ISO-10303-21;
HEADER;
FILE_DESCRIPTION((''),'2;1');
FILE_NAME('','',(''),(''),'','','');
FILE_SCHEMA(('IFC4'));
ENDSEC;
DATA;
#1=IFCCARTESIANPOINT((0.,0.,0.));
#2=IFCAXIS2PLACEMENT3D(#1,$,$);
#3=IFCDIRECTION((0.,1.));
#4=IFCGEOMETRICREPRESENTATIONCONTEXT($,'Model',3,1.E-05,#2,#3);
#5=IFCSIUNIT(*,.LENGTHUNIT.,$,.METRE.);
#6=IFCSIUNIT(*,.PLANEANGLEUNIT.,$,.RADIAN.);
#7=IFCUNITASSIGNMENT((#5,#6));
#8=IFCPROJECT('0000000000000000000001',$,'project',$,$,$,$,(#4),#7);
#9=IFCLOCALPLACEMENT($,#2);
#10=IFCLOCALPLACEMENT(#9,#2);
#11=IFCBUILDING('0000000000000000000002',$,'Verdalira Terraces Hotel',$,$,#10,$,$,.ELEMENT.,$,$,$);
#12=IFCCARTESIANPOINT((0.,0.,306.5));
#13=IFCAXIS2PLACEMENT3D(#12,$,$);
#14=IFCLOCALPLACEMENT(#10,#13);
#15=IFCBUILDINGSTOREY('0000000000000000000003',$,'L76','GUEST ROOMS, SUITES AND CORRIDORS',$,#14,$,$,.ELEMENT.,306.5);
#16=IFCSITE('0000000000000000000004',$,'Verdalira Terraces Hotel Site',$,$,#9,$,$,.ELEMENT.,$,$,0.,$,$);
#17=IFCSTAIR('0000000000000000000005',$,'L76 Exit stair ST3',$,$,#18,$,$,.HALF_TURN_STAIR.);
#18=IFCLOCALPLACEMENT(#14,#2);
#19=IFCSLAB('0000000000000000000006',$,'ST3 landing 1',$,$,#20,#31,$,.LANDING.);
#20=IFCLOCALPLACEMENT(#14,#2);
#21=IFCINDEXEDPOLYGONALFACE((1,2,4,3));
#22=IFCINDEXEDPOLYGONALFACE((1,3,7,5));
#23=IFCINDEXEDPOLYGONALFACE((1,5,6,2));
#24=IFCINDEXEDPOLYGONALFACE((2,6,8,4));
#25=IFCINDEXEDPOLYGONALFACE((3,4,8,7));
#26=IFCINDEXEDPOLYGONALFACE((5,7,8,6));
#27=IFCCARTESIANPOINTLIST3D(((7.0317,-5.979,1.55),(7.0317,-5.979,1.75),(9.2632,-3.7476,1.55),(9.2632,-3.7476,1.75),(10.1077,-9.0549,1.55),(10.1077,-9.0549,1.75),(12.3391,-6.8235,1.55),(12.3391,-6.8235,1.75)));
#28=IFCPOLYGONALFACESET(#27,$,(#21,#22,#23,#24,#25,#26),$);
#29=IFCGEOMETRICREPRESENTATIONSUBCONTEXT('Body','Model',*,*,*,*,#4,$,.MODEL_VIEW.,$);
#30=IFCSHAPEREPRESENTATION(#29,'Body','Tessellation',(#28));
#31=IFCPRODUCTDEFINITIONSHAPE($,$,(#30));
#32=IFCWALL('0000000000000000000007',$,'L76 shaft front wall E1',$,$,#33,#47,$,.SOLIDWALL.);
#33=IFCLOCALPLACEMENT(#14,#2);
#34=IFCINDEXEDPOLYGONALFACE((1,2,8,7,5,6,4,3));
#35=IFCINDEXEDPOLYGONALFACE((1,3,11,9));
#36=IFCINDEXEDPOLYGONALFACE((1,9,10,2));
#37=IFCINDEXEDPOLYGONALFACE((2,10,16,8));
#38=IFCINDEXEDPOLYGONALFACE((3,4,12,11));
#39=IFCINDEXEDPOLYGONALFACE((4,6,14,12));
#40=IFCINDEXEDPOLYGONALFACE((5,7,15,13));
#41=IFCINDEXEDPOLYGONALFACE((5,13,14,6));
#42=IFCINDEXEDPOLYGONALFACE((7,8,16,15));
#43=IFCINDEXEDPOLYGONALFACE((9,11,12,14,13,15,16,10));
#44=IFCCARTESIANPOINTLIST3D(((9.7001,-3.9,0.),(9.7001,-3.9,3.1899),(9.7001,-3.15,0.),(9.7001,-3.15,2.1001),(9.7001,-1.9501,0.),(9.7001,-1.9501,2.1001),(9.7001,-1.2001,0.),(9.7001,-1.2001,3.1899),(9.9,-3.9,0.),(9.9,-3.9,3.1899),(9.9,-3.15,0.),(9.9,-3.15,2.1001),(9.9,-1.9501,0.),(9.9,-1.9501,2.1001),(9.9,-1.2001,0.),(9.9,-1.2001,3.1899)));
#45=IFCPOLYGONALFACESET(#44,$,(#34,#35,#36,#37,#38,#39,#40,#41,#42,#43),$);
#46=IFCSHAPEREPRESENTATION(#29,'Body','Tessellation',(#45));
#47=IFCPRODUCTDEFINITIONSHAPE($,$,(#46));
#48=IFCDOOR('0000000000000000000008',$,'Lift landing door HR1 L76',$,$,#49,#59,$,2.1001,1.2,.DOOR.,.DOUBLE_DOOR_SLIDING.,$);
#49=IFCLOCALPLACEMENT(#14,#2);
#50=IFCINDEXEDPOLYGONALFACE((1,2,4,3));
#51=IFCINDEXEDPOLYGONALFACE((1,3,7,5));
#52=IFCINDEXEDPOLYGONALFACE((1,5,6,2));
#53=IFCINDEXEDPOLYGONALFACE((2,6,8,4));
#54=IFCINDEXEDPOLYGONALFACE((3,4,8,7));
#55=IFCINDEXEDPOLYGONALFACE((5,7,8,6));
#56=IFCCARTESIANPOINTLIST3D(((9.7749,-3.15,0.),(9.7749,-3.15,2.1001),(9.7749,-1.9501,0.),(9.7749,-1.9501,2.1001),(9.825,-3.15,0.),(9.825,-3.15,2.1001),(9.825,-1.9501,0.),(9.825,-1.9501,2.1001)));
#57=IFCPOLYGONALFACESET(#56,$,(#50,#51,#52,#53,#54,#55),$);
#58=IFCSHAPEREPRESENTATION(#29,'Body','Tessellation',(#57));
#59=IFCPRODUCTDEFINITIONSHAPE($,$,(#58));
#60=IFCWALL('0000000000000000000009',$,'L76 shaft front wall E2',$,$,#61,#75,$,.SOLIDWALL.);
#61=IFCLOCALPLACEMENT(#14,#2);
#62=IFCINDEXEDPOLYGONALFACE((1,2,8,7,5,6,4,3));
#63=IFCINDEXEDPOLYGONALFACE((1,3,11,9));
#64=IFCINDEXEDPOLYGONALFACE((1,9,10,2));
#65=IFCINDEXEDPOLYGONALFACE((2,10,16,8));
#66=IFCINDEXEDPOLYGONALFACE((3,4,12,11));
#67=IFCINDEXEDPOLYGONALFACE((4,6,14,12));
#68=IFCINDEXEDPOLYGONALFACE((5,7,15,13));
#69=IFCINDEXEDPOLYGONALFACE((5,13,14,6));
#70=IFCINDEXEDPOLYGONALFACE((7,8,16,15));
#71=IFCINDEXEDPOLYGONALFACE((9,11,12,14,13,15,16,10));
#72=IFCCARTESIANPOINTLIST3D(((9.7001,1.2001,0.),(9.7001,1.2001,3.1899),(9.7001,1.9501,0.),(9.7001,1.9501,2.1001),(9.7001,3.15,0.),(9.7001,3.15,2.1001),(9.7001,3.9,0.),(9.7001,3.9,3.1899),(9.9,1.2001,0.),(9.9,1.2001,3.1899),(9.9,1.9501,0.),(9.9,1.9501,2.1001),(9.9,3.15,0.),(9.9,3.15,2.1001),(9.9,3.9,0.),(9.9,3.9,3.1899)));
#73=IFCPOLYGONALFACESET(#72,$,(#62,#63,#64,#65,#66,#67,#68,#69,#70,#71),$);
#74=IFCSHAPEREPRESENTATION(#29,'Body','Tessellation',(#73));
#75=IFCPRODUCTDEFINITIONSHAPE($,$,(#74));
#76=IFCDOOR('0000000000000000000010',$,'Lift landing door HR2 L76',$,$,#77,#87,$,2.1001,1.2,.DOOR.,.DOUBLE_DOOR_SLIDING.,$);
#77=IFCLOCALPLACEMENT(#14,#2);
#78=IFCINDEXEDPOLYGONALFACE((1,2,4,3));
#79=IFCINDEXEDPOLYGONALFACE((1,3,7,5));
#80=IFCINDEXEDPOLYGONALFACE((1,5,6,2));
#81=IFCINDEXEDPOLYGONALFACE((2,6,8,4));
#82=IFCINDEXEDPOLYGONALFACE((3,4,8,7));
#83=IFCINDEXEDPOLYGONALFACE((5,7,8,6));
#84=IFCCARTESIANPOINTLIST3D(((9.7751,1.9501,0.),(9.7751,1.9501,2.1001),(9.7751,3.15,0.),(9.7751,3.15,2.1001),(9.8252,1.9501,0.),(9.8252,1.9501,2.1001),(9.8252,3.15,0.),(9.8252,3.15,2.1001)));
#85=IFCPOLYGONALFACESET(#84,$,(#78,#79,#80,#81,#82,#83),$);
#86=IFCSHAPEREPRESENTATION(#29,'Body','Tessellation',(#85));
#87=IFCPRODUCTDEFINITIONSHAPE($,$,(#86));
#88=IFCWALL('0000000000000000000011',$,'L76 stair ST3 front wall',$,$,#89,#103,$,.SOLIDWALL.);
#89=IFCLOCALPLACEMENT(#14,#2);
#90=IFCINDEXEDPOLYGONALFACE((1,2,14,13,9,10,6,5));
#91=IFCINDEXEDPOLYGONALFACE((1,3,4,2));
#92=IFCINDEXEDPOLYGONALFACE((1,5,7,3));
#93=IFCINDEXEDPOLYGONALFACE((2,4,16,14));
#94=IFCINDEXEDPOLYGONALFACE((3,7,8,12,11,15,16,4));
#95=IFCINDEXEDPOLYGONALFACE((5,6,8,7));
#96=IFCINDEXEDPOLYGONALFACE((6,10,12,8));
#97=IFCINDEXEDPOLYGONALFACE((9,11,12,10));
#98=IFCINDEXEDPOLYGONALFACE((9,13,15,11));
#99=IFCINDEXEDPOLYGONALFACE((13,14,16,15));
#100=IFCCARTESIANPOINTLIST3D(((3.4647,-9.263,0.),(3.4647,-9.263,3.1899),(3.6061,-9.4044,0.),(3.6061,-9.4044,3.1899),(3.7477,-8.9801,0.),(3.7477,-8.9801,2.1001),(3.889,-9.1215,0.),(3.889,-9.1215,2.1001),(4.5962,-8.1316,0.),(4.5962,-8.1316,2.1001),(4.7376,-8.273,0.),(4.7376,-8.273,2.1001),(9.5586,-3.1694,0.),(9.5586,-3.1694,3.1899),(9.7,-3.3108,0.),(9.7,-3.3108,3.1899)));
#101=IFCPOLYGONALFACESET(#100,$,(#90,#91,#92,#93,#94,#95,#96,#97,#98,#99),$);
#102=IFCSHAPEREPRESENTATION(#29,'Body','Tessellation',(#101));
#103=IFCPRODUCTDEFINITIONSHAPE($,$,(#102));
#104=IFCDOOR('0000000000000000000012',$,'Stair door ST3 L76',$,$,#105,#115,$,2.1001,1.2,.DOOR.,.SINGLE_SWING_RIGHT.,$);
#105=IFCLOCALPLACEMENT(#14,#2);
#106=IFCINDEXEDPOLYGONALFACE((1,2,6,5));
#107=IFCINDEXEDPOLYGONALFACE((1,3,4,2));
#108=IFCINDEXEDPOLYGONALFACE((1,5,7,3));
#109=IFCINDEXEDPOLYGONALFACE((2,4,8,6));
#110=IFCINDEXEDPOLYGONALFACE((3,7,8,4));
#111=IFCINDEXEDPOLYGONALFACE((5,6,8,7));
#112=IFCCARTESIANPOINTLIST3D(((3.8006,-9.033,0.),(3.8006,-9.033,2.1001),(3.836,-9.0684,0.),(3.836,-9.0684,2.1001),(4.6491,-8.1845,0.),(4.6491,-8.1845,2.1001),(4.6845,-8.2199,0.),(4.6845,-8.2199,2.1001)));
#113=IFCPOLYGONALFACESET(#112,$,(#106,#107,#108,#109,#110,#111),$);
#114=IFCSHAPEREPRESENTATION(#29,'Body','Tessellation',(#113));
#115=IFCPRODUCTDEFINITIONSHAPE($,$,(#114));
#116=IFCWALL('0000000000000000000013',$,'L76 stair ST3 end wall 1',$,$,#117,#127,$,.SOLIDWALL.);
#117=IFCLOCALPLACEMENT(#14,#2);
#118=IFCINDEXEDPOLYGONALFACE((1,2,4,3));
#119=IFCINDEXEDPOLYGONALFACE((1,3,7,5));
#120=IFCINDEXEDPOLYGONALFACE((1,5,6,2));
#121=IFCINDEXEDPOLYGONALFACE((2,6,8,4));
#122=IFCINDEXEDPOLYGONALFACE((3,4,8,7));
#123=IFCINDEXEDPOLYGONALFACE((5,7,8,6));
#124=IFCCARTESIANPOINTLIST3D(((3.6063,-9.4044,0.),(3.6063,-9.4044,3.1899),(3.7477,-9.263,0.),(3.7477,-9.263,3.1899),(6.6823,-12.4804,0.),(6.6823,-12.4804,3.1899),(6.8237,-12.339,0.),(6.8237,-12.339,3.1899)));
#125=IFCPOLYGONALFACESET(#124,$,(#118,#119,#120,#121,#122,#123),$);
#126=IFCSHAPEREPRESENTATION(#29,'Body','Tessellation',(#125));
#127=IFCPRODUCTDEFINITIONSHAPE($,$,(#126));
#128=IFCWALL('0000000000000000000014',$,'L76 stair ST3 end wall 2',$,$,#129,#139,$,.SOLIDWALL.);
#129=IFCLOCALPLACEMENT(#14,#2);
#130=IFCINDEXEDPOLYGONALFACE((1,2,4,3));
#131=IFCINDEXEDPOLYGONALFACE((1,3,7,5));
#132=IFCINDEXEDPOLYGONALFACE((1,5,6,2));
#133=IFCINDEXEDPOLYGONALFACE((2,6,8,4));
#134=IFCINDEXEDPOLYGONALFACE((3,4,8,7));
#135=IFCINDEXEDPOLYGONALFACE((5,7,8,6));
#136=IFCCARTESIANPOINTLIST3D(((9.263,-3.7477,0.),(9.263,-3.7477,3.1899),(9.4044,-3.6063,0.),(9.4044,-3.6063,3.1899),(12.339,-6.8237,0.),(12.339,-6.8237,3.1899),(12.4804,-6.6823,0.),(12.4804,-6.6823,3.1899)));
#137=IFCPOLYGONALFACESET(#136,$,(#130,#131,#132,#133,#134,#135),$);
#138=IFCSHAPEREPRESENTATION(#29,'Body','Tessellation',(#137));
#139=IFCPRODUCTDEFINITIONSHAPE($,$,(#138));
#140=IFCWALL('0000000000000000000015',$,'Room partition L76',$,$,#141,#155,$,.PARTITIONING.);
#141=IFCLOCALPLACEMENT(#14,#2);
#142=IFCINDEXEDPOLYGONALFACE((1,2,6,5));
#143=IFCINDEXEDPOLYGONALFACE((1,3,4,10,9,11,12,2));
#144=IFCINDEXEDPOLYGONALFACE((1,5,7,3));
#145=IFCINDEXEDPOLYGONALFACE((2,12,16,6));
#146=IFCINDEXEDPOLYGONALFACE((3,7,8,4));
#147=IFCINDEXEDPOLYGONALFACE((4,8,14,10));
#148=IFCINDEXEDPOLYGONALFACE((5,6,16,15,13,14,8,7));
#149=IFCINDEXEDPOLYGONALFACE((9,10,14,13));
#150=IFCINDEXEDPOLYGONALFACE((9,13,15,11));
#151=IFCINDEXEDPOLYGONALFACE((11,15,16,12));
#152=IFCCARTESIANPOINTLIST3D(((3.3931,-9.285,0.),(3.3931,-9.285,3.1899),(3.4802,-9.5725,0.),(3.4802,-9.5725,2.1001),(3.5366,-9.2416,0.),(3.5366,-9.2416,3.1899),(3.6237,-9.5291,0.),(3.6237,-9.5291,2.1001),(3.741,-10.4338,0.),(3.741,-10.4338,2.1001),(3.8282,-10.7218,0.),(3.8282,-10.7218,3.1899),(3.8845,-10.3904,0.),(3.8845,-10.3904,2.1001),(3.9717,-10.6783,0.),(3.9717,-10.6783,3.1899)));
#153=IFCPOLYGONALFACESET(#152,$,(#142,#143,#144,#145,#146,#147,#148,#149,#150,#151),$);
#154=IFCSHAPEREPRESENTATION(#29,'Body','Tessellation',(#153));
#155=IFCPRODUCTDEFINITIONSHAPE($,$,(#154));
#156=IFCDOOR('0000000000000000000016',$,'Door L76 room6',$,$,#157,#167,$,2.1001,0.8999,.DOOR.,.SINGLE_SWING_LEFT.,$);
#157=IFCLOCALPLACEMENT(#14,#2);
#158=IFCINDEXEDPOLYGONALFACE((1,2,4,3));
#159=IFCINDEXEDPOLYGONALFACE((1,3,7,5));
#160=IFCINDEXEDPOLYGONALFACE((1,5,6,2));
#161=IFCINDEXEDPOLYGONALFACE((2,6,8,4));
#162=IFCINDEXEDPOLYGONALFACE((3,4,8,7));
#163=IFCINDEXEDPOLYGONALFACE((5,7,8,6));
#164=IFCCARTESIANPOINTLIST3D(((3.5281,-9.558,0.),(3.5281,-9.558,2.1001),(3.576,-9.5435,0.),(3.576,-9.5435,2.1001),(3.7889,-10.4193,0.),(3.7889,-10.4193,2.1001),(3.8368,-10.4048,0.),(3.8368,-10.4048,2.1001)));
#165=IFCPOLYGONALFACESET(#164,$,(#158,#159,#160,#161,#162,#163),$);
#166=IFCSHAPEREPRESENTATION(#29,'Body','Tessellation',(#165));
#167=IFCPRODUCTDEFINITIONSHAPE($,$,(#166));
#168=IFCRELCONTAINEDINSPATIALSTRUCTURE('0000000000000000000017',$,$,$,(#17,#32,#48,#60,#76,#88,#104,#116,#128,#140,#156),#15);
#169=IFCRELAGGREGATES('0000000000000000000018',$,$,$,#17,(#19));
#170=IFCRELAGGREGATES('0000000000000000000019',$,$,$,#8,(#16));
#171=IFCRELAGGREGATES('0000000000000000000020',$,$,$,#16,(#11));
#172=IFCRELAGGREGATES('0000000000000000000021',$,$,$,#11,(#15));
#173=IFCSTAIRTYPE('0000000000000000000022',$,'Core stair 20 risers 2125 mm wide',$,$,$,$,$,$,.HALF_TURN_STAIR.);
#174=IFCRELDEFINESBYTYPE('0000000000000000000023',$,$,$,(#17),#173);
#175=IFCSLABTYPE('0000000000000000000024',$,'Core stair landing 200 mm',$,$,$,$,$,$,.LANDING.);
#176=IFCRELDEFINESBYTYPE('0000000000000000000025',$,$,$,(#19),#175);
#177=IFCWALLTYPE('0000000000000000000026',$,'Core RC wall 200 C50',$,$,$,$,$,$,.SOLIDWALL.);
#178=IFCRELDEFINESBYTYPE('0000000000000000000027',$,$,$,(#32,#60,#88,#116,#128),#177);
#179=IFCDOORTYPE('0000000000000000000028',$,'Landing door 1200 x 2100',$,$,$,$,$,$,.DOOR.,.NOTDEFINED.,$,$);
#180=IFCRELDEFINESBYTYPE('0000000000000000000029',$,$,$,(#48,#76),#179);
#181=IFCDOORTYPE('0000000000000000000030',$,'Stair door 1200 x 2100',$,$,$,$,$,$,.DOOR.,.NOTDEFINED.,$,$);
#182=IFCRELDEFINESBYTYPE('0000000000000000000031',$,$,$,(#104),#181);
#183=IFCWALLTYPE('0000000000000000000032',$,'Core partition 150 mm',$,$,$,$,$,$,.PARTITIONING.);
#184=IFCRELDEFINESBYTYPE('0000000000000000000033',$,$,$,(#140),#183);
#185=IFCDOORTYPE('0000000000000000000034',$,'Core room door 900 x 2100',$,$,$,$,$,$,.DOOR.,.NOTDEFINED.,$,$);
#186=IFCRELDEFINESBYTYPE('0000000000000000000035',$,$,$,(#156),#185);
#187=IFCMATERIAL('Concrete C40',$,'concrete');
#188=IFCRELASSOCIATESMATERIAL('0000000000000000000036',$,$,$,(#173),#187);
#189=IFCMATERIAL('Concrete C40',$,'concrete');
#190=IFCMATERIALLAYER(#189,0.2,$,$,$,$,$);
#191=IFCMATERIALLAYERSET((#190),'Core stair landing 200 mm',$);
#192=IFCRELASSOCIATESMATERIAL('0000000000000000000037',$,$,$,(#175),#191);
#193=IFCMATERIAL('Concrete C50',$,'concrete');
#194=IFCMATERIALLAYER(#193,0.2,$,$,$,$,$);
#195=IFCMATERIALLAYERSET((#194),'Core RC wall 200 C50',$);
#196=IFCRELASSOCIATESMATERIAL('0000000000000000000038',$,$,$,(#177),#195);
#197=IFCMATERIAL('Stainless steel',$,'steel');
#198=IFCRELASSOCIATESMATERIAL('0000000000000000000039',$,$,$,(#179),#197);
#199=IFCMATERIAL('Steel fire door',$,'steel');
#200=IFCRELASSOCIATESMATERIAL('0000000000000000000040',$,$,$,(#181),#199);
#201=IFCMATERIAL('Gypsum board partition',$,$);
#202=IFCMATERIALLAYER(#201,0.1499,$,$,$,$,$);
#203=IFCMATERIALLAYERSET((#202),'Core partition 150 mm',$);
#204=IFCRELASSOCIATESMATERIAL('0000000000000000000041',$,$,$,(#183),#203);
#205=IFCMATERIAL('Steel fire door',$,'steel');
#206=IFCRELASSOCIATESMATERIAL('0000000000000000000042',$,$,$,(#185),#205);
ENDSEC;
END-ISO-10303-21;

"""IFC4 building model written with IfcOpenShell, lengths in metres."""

from ifc_helpers import new_model, si_unit, direction, frame, frame_2d, origin, place, context, subcontext, project, spatial, polyline, rectangle, outline, extrude, material, layer, layer_set, type_object, element, fill, aggregate, save


model = new_model("IFC4")

# Units and contexts
model_context = context("Model", 3, precision=1e-05, world=origin(), true_north=direction((0.0, 1.0)))
body_context = subcontext(model_context, "Body", "Model", "MODEL_VIEW")
ifc_project = project(units=[si_unit("LENGTHUNIT", "METRE"), si_unit("PLANEANGLEUNIT", "RADIAN")], contexts=[model_context])

# Site, building, storey
site_placement = place(None, origin())
site = spatial("IfcSite", under=ifc_project, at=site_placement, Name="Verdalira Terraces Hotel Site", CompositionType="ELEMENT", RefElevation=0.0)
building_placement = place(site_placement, origin())
building = spatial("IfcBuilding", under=site, at=building_placement, Name="Verdalira Terraces Hotel", CompositionType="ELEMENT")
storey_placement = place(building_placement, frame((0.0, 0.0, 306.5)))
storey = spatial("IfcBuildingStorey", under=building, at=storey_placement, Name="L76", Description="GUEST ROOMS, SUITES AND CORRIDORS", CompositionType="ELEMENT", Elevation=306.5)

# Stair, slab
ifc_material_1 = material(Name="Concrete C40", Category="concrete")
stair_type = type_object("IfcStairType", Name="Core stair 20 risers 2125 mm wide", PredefinedType="HALF_TURN_STAIR", material=ifc_material_1)
stair_placement = place(storey_placement, origin())
stair = element("IfcStair", 1, at=stair_placement, inside=storey, type_object=stair_type, Name="L76 Exit stair ST3", PredefinedType="HALF_TURN_STAIR")
ifc_material_2 = material(Name="Concrete C40", Category="concrete")
ifc_layer_1 = layer(ifc_material_2, 0.2)
ifc_layer_set_1 = layer_set([ifc_layer_1], Name="Core stair landing 200 mm")
slab_type = type_object("IfcSlabType", Name="Core stair landing 200 mm", PredefinedType="LANDING", material=ifc_layer_set_1)
slab_placement = place(storey_placement, frame((0.0, 0.0, 1.55)))
slab = element("IfcSlab", 2, at=slab_placement, type_object=slab_type, Name="ST3 landing 1", PredefinedType="LANDING", context=body_context, shape_type="SweptSolid", body=[
    extrude(outline(polyline([(10.1077, -9.0549), (12.3391, -6.8235), (9.2632, -3.7476), (7.0317, -5.979), (10.1077, -9.0549)])), origin(), (0.0, 0.0, 1.0), 0.2),
])
aggregate(stair, [slab])

# Walls, openings, doors
ifc_material_3 = material(Name="Concrete C50", Category="concrete")
ifc_layer_2 = layer(ifc_material_3, 0.2)
ifc_layer_set_2 = layer_set([ifc_layer_2], Name="Core RC wall 200 C50")
wall_type_1 = type_object("IfcWallType", Name="Core RC wall 200 C50", PredefinedType="SOLIDWALL", material=ifc_layer_set_2)
wall_1_placement = place(storey_placement, frame((9.8, -1.2, 0.0), z_axis=(0.0, 0.0, 1.0), x_axis=(0.0, -1.0, 0.0)))
wall_1 = element("IfcWall", 3, at=wall_1_placement, inside=storey, type_object=wall_type_1, Name="L76 shaft front wall E1", PredefinedType="SOLIDWALL", context=body_context, shape_type="SweptSolid", body=[
    extrude(rectangle(XDim=2.7, YDim=0.2, at=frame_2d((1.3501, 0.0))), origin(), (0.0, 0.0, 1.0), 3.1899),
])
opening_1_placement = place(wall_1_placement, frame((0.75, 0.0, 0.0)))
opening_1 = element("IfcOpeningElement", 4, at=opening_1_placement, cuts=wall_1, PredefinedType="OPENING", context=body_context, shape_type="SweptSolid", body=[
    extrude(rectangle(XDim=1.2, YDim=2.1001, at=frame_2d((0.6001, 1.05))), frame((0.0, 0.1099, 0.0), z_axis=(0.0, -1.0, 0.0), x_axis=(1.0, 0.0, 0.0)), (0.0, 0.0, 1.0), 0.22),
])
ifc_material_4 = material(Name="Stainless steel", Category="steel")
door_type_1 = type_object("IfcDoorType", Name="Landing door 1200 x 2100", OperationType="NOTDEFINED", PredefinedType="DOOR", material=ifc_material_4)
door_1_placement = place(opening_1_placement, origin())
door_1 = element("IfcDoor", 5, at=door_1_placement, inside=storey, type_object=door_type_1, Name="Lift landing door HR1 L76", OperationType="DOUBLE_DOOR_SLIDING", OverallHeight=2.1001, OverallWidth=1.2, PredefinedType="DOOR", context=body_context, shape_type="SweptSolid", body=[
    extrude(rectangle(XDim=1.2, YDim=2.1001, at=frame_2d((0.6001, 1.05))), frame((0.0, 0.0249, 0.0), z_axis=(0.0, -1.0, 0.0), x_axis=(1.0, 0.0, 0.0)), (0.0, 0.0, 1.0), 0.05),
])
fill(opening_1, door_1)
wall_2_placement = place(storey_placement, frame((9.8, 1.2, 0.0), z_axis=(0.0, 0.0, 1.0), x_axis=(0.0, 1.0, 0.0)))
wall_2 = element("IfcWall", 6, at=wall_2_placement, inside=storey, type_object=wall_type_1, Name="L76 shaft front wall E2", PredefinedType="SOLIDWALL", context=body_context, shape_type="SweptSolid", body=[
    extrude(rectangle(XDim=2.7, YDim=0.2, at=frame_2d((1.3501, 0.0))), origin(), (0.0, 0.0, 1.0), 3.1899),
])
opening_2_placement = place(wall_2_placement, frame((0.75, 0.0, 0.0)))
opening_2 = element("IfcOpeningElement", 7, at=opening_2_placement, cuts=wall_2, PredefinedType="OPENING", context=body_context, shape_type="SweptSolid", body=[
    extrude(rectangle(XDim=1.2, YDim=2.1001, at=frame_2d((0.6001, 1.05))), frame((0.0, 0.1099, 0.0), z_axis=(0.0, -1.0, 0.0), x_axis=(1.0, 0.0, 0.0)), (0.0, 0.0, 1.0), 0.22),
])
door_2_placement = place(opening_2_placement, origin())
door_2 = element("IfcDoor", 8, at=door_2_placement, inside=storey, type_object=door_type_1, Name="Lift landing door HR2 L76", OperationType="DOUBLE_DOOR_SLIDING", OverallHeight=2.1001, OverallWidth=1.2, PredefinedType="DOOR", context=body_context, shape_type="SweptSolid", body=[
    extrude(rectangle(XDim=1.2, YDim=2.1001, at=frame_2d((0.6001, 1.05))), frame((0.0, 0.0249, 0.0), z_axis=(0.0, -1.0, 0.0), x_axis=(1.0, 0.0, 0.0)), (0.0, 0.0, 1.0), 0.05),
])
fill(opening_2, door_2)
wall_3_placement = place(storey_placement, frame((9.6294, -3.24, 0.0), z_axis=(0.0, 0.0, 1.0), x_axis=(-0.707121, -0.707093, 0.0)))
wall_3 = element("IfcWall", 9, at=wall_3_placement, inside=storey, type_object=wall_type_1, Name="L76 stair ST3 front wall", PredefinedType="SOLIDWALL", context=body_context, shape_type="SweptSolid", body=[
    extrude(rectangle(XDim=8.6179, YDim=0.2, at=frame_2d((4.3091, 0.0))), origin(), (0.0, 0.0, 1.0), 3.1899),
])
opening_3_placement = place(wall_3_placement, frame((7.0178, 0.0, 0.0)))
opening_3 = element("IfcOpeningElement", 10, at=opening_3_placement, cuts=wall_3, PredefinedType="OPENING", context=body_context, shape_type="SweptSolid", body=[
    extrude(rectangle(XDim=1.2, YDim=2.1001, at=frame_2d((0.6001, 1.05))), frame((0.0, 0.1099, 0.0), z_axis=(0.0, -1.0, 0.0), x_axis=(1.0, 0.0, 0.0)), (0.0, 0.0, 1.0), 0.22),
])
ifc_material_5 = material(Name="Steel fire door", Category="steel")
door_type_2 = type_object("IfcDoorType", Name="Stair door 1200 x 2100", OperationType="NOTDEFINED", PredefinedType="DOOR", material=ifc_material_5)
door_3_placement = place(opening_3_placement, origin())
door_3 = element("IfcDoor", 11, at=door_3_placement, inside=storey, type_object=door_type_2, Name="Stair door ST3 L76", OperationType="SINGLE_SWING_RIGHT", OverallHeight=2.1001, OverallWidth=1.2, PredefinedType="DOOR", context=body_context, shape_type="SweptSolid", body=[
    extrude(rectangle(XDim=1.2, YDim=2.1001, at=frame_2d((0.6001, 1.05))), frame((0.0, 0.0249, 0.0), z_axis=(0.0, -1.0, 0.0), x_axis=(1.0, 0.0, 0.0)), (0.0, 0.0, 1.0), 0.05),
])
fill(opening_3, door_3)

# Walls
for number, where, z_axis, x_axis, name in (
    (12, (3.677, -9.3337, 0.0), (0.0, 0.0, 1.0), (0.707107, -0.707107, 0.0), "L76 stair ST3 end wall 1"),
    (13, (9.3337, -3.677, 0.0), (0.0, 0.0, 1.0), (0.707107, -0.707107, 0.0), "L76 stair ST3 end wall 2"),
):
    element("IfcWall", number, at=place(storey_placement, frame(where, z_axis=z_axis, x_axis=x_axis)), inside=storey, type_object=wall_type_1, Name=name, PredefinedType="SOLIDWALL", context=body_context, shape_type="SweptSolid", body=[
        extrude(rectangle(XDim=4.3501, YDim=0.2, at=frame_2d((2.175, 0.0))), origin(), (0.0, 0.0, 1.0), 3.1899),
    ])

# Wall, opening, door
ifc_material_6 = material(Name="Gypsum board partition")
ifc_layer_3 = layer(ifc_material_6, 0.1499)
ifc_layer_set_3 = layer_set([ifc_layer_3], Name="Core partition 150 mm")
wall_type_2 = type_object("IfcWallType", Name="Core partition 150 mm", PredefinedType="PARTITIONING", material=ifc_layer_set_3)
wall_4_placement = place(storey_placement, frame((3.8999, -10.7, 0.0), z_axis=(0.0, 0.0, 1.0), x_axis=(-0.289809, 0.957085, 0.0)))
wall_4 = element("IfcWall", 14, at=wall_4_placement, inside=storey, type_object=wall_type_2, Name="Room partition L76", PredefinedType="PARTITIONING", context=body_context, shape_type="SweptSolid", body=[
    extrude(rectangle(XDim=1.5012, YDim=0.1499, at=frame_2d((0.7505, 0.0))), origin(), (0.0, 0.0, 1.0), 3.1899),
])
opening_4_placement = place(wall_4_placement, frame((0.3008, 0.0, 0.0)))
opening_4 = element("IfcOpeningElement", 15, at=opening_4_placement, cuts=wall_4, PredefinedType="OPENING", context=body_context, shape_type="SweptSolid", body=[
    extrude(rectangle(XDim=0.8999, YDim=2.1001, at=frame_2d((0.45, 1.05))), frame((0.0, 0.085, 0.0), z_axis=(0.0, -1.0, 0.0), x_axis=(1.0, 0.0, 0.0)), (0.0, 0.0, 1.0), 0.1699),
])
ifc_material_7 = material(Name="Steel fire door", Category="steel")
door_type_3 = type_object("IfcDoorType", Name="Core room door 900 x 2100", OperationType="NOTDEFINED", PredefinedType="DOOR", material=ifc_material_7)
door_4_placement = place(opening_4_placement, origin())
door_4 = element("IfcDoor", 16, at=door_4_placement, inside=storey, type_object=door_type_3, Name="Door L76 room6", OperationType="SINGLE_SWING_LEFT", OverallHeight=2.1001, OverallWidth=0.8999, PredefinedType="DOOR", context=body_context, shape_type="SweptSolid", body=[
    extrude(rectangle(XDim=0.8999, YDim=2.1001, at=frame_2d((0.45, 1.05))), frame((0.0, 0.0249, 0.0), z_axis=(0.0, -1.0, 0.0), x_axis=(1.0, 0.0, 0.0)), (0.0, 0.0, 1.0), 0.05),
])
fill(opening_4, door_4)

save(model, "model.ifc")
